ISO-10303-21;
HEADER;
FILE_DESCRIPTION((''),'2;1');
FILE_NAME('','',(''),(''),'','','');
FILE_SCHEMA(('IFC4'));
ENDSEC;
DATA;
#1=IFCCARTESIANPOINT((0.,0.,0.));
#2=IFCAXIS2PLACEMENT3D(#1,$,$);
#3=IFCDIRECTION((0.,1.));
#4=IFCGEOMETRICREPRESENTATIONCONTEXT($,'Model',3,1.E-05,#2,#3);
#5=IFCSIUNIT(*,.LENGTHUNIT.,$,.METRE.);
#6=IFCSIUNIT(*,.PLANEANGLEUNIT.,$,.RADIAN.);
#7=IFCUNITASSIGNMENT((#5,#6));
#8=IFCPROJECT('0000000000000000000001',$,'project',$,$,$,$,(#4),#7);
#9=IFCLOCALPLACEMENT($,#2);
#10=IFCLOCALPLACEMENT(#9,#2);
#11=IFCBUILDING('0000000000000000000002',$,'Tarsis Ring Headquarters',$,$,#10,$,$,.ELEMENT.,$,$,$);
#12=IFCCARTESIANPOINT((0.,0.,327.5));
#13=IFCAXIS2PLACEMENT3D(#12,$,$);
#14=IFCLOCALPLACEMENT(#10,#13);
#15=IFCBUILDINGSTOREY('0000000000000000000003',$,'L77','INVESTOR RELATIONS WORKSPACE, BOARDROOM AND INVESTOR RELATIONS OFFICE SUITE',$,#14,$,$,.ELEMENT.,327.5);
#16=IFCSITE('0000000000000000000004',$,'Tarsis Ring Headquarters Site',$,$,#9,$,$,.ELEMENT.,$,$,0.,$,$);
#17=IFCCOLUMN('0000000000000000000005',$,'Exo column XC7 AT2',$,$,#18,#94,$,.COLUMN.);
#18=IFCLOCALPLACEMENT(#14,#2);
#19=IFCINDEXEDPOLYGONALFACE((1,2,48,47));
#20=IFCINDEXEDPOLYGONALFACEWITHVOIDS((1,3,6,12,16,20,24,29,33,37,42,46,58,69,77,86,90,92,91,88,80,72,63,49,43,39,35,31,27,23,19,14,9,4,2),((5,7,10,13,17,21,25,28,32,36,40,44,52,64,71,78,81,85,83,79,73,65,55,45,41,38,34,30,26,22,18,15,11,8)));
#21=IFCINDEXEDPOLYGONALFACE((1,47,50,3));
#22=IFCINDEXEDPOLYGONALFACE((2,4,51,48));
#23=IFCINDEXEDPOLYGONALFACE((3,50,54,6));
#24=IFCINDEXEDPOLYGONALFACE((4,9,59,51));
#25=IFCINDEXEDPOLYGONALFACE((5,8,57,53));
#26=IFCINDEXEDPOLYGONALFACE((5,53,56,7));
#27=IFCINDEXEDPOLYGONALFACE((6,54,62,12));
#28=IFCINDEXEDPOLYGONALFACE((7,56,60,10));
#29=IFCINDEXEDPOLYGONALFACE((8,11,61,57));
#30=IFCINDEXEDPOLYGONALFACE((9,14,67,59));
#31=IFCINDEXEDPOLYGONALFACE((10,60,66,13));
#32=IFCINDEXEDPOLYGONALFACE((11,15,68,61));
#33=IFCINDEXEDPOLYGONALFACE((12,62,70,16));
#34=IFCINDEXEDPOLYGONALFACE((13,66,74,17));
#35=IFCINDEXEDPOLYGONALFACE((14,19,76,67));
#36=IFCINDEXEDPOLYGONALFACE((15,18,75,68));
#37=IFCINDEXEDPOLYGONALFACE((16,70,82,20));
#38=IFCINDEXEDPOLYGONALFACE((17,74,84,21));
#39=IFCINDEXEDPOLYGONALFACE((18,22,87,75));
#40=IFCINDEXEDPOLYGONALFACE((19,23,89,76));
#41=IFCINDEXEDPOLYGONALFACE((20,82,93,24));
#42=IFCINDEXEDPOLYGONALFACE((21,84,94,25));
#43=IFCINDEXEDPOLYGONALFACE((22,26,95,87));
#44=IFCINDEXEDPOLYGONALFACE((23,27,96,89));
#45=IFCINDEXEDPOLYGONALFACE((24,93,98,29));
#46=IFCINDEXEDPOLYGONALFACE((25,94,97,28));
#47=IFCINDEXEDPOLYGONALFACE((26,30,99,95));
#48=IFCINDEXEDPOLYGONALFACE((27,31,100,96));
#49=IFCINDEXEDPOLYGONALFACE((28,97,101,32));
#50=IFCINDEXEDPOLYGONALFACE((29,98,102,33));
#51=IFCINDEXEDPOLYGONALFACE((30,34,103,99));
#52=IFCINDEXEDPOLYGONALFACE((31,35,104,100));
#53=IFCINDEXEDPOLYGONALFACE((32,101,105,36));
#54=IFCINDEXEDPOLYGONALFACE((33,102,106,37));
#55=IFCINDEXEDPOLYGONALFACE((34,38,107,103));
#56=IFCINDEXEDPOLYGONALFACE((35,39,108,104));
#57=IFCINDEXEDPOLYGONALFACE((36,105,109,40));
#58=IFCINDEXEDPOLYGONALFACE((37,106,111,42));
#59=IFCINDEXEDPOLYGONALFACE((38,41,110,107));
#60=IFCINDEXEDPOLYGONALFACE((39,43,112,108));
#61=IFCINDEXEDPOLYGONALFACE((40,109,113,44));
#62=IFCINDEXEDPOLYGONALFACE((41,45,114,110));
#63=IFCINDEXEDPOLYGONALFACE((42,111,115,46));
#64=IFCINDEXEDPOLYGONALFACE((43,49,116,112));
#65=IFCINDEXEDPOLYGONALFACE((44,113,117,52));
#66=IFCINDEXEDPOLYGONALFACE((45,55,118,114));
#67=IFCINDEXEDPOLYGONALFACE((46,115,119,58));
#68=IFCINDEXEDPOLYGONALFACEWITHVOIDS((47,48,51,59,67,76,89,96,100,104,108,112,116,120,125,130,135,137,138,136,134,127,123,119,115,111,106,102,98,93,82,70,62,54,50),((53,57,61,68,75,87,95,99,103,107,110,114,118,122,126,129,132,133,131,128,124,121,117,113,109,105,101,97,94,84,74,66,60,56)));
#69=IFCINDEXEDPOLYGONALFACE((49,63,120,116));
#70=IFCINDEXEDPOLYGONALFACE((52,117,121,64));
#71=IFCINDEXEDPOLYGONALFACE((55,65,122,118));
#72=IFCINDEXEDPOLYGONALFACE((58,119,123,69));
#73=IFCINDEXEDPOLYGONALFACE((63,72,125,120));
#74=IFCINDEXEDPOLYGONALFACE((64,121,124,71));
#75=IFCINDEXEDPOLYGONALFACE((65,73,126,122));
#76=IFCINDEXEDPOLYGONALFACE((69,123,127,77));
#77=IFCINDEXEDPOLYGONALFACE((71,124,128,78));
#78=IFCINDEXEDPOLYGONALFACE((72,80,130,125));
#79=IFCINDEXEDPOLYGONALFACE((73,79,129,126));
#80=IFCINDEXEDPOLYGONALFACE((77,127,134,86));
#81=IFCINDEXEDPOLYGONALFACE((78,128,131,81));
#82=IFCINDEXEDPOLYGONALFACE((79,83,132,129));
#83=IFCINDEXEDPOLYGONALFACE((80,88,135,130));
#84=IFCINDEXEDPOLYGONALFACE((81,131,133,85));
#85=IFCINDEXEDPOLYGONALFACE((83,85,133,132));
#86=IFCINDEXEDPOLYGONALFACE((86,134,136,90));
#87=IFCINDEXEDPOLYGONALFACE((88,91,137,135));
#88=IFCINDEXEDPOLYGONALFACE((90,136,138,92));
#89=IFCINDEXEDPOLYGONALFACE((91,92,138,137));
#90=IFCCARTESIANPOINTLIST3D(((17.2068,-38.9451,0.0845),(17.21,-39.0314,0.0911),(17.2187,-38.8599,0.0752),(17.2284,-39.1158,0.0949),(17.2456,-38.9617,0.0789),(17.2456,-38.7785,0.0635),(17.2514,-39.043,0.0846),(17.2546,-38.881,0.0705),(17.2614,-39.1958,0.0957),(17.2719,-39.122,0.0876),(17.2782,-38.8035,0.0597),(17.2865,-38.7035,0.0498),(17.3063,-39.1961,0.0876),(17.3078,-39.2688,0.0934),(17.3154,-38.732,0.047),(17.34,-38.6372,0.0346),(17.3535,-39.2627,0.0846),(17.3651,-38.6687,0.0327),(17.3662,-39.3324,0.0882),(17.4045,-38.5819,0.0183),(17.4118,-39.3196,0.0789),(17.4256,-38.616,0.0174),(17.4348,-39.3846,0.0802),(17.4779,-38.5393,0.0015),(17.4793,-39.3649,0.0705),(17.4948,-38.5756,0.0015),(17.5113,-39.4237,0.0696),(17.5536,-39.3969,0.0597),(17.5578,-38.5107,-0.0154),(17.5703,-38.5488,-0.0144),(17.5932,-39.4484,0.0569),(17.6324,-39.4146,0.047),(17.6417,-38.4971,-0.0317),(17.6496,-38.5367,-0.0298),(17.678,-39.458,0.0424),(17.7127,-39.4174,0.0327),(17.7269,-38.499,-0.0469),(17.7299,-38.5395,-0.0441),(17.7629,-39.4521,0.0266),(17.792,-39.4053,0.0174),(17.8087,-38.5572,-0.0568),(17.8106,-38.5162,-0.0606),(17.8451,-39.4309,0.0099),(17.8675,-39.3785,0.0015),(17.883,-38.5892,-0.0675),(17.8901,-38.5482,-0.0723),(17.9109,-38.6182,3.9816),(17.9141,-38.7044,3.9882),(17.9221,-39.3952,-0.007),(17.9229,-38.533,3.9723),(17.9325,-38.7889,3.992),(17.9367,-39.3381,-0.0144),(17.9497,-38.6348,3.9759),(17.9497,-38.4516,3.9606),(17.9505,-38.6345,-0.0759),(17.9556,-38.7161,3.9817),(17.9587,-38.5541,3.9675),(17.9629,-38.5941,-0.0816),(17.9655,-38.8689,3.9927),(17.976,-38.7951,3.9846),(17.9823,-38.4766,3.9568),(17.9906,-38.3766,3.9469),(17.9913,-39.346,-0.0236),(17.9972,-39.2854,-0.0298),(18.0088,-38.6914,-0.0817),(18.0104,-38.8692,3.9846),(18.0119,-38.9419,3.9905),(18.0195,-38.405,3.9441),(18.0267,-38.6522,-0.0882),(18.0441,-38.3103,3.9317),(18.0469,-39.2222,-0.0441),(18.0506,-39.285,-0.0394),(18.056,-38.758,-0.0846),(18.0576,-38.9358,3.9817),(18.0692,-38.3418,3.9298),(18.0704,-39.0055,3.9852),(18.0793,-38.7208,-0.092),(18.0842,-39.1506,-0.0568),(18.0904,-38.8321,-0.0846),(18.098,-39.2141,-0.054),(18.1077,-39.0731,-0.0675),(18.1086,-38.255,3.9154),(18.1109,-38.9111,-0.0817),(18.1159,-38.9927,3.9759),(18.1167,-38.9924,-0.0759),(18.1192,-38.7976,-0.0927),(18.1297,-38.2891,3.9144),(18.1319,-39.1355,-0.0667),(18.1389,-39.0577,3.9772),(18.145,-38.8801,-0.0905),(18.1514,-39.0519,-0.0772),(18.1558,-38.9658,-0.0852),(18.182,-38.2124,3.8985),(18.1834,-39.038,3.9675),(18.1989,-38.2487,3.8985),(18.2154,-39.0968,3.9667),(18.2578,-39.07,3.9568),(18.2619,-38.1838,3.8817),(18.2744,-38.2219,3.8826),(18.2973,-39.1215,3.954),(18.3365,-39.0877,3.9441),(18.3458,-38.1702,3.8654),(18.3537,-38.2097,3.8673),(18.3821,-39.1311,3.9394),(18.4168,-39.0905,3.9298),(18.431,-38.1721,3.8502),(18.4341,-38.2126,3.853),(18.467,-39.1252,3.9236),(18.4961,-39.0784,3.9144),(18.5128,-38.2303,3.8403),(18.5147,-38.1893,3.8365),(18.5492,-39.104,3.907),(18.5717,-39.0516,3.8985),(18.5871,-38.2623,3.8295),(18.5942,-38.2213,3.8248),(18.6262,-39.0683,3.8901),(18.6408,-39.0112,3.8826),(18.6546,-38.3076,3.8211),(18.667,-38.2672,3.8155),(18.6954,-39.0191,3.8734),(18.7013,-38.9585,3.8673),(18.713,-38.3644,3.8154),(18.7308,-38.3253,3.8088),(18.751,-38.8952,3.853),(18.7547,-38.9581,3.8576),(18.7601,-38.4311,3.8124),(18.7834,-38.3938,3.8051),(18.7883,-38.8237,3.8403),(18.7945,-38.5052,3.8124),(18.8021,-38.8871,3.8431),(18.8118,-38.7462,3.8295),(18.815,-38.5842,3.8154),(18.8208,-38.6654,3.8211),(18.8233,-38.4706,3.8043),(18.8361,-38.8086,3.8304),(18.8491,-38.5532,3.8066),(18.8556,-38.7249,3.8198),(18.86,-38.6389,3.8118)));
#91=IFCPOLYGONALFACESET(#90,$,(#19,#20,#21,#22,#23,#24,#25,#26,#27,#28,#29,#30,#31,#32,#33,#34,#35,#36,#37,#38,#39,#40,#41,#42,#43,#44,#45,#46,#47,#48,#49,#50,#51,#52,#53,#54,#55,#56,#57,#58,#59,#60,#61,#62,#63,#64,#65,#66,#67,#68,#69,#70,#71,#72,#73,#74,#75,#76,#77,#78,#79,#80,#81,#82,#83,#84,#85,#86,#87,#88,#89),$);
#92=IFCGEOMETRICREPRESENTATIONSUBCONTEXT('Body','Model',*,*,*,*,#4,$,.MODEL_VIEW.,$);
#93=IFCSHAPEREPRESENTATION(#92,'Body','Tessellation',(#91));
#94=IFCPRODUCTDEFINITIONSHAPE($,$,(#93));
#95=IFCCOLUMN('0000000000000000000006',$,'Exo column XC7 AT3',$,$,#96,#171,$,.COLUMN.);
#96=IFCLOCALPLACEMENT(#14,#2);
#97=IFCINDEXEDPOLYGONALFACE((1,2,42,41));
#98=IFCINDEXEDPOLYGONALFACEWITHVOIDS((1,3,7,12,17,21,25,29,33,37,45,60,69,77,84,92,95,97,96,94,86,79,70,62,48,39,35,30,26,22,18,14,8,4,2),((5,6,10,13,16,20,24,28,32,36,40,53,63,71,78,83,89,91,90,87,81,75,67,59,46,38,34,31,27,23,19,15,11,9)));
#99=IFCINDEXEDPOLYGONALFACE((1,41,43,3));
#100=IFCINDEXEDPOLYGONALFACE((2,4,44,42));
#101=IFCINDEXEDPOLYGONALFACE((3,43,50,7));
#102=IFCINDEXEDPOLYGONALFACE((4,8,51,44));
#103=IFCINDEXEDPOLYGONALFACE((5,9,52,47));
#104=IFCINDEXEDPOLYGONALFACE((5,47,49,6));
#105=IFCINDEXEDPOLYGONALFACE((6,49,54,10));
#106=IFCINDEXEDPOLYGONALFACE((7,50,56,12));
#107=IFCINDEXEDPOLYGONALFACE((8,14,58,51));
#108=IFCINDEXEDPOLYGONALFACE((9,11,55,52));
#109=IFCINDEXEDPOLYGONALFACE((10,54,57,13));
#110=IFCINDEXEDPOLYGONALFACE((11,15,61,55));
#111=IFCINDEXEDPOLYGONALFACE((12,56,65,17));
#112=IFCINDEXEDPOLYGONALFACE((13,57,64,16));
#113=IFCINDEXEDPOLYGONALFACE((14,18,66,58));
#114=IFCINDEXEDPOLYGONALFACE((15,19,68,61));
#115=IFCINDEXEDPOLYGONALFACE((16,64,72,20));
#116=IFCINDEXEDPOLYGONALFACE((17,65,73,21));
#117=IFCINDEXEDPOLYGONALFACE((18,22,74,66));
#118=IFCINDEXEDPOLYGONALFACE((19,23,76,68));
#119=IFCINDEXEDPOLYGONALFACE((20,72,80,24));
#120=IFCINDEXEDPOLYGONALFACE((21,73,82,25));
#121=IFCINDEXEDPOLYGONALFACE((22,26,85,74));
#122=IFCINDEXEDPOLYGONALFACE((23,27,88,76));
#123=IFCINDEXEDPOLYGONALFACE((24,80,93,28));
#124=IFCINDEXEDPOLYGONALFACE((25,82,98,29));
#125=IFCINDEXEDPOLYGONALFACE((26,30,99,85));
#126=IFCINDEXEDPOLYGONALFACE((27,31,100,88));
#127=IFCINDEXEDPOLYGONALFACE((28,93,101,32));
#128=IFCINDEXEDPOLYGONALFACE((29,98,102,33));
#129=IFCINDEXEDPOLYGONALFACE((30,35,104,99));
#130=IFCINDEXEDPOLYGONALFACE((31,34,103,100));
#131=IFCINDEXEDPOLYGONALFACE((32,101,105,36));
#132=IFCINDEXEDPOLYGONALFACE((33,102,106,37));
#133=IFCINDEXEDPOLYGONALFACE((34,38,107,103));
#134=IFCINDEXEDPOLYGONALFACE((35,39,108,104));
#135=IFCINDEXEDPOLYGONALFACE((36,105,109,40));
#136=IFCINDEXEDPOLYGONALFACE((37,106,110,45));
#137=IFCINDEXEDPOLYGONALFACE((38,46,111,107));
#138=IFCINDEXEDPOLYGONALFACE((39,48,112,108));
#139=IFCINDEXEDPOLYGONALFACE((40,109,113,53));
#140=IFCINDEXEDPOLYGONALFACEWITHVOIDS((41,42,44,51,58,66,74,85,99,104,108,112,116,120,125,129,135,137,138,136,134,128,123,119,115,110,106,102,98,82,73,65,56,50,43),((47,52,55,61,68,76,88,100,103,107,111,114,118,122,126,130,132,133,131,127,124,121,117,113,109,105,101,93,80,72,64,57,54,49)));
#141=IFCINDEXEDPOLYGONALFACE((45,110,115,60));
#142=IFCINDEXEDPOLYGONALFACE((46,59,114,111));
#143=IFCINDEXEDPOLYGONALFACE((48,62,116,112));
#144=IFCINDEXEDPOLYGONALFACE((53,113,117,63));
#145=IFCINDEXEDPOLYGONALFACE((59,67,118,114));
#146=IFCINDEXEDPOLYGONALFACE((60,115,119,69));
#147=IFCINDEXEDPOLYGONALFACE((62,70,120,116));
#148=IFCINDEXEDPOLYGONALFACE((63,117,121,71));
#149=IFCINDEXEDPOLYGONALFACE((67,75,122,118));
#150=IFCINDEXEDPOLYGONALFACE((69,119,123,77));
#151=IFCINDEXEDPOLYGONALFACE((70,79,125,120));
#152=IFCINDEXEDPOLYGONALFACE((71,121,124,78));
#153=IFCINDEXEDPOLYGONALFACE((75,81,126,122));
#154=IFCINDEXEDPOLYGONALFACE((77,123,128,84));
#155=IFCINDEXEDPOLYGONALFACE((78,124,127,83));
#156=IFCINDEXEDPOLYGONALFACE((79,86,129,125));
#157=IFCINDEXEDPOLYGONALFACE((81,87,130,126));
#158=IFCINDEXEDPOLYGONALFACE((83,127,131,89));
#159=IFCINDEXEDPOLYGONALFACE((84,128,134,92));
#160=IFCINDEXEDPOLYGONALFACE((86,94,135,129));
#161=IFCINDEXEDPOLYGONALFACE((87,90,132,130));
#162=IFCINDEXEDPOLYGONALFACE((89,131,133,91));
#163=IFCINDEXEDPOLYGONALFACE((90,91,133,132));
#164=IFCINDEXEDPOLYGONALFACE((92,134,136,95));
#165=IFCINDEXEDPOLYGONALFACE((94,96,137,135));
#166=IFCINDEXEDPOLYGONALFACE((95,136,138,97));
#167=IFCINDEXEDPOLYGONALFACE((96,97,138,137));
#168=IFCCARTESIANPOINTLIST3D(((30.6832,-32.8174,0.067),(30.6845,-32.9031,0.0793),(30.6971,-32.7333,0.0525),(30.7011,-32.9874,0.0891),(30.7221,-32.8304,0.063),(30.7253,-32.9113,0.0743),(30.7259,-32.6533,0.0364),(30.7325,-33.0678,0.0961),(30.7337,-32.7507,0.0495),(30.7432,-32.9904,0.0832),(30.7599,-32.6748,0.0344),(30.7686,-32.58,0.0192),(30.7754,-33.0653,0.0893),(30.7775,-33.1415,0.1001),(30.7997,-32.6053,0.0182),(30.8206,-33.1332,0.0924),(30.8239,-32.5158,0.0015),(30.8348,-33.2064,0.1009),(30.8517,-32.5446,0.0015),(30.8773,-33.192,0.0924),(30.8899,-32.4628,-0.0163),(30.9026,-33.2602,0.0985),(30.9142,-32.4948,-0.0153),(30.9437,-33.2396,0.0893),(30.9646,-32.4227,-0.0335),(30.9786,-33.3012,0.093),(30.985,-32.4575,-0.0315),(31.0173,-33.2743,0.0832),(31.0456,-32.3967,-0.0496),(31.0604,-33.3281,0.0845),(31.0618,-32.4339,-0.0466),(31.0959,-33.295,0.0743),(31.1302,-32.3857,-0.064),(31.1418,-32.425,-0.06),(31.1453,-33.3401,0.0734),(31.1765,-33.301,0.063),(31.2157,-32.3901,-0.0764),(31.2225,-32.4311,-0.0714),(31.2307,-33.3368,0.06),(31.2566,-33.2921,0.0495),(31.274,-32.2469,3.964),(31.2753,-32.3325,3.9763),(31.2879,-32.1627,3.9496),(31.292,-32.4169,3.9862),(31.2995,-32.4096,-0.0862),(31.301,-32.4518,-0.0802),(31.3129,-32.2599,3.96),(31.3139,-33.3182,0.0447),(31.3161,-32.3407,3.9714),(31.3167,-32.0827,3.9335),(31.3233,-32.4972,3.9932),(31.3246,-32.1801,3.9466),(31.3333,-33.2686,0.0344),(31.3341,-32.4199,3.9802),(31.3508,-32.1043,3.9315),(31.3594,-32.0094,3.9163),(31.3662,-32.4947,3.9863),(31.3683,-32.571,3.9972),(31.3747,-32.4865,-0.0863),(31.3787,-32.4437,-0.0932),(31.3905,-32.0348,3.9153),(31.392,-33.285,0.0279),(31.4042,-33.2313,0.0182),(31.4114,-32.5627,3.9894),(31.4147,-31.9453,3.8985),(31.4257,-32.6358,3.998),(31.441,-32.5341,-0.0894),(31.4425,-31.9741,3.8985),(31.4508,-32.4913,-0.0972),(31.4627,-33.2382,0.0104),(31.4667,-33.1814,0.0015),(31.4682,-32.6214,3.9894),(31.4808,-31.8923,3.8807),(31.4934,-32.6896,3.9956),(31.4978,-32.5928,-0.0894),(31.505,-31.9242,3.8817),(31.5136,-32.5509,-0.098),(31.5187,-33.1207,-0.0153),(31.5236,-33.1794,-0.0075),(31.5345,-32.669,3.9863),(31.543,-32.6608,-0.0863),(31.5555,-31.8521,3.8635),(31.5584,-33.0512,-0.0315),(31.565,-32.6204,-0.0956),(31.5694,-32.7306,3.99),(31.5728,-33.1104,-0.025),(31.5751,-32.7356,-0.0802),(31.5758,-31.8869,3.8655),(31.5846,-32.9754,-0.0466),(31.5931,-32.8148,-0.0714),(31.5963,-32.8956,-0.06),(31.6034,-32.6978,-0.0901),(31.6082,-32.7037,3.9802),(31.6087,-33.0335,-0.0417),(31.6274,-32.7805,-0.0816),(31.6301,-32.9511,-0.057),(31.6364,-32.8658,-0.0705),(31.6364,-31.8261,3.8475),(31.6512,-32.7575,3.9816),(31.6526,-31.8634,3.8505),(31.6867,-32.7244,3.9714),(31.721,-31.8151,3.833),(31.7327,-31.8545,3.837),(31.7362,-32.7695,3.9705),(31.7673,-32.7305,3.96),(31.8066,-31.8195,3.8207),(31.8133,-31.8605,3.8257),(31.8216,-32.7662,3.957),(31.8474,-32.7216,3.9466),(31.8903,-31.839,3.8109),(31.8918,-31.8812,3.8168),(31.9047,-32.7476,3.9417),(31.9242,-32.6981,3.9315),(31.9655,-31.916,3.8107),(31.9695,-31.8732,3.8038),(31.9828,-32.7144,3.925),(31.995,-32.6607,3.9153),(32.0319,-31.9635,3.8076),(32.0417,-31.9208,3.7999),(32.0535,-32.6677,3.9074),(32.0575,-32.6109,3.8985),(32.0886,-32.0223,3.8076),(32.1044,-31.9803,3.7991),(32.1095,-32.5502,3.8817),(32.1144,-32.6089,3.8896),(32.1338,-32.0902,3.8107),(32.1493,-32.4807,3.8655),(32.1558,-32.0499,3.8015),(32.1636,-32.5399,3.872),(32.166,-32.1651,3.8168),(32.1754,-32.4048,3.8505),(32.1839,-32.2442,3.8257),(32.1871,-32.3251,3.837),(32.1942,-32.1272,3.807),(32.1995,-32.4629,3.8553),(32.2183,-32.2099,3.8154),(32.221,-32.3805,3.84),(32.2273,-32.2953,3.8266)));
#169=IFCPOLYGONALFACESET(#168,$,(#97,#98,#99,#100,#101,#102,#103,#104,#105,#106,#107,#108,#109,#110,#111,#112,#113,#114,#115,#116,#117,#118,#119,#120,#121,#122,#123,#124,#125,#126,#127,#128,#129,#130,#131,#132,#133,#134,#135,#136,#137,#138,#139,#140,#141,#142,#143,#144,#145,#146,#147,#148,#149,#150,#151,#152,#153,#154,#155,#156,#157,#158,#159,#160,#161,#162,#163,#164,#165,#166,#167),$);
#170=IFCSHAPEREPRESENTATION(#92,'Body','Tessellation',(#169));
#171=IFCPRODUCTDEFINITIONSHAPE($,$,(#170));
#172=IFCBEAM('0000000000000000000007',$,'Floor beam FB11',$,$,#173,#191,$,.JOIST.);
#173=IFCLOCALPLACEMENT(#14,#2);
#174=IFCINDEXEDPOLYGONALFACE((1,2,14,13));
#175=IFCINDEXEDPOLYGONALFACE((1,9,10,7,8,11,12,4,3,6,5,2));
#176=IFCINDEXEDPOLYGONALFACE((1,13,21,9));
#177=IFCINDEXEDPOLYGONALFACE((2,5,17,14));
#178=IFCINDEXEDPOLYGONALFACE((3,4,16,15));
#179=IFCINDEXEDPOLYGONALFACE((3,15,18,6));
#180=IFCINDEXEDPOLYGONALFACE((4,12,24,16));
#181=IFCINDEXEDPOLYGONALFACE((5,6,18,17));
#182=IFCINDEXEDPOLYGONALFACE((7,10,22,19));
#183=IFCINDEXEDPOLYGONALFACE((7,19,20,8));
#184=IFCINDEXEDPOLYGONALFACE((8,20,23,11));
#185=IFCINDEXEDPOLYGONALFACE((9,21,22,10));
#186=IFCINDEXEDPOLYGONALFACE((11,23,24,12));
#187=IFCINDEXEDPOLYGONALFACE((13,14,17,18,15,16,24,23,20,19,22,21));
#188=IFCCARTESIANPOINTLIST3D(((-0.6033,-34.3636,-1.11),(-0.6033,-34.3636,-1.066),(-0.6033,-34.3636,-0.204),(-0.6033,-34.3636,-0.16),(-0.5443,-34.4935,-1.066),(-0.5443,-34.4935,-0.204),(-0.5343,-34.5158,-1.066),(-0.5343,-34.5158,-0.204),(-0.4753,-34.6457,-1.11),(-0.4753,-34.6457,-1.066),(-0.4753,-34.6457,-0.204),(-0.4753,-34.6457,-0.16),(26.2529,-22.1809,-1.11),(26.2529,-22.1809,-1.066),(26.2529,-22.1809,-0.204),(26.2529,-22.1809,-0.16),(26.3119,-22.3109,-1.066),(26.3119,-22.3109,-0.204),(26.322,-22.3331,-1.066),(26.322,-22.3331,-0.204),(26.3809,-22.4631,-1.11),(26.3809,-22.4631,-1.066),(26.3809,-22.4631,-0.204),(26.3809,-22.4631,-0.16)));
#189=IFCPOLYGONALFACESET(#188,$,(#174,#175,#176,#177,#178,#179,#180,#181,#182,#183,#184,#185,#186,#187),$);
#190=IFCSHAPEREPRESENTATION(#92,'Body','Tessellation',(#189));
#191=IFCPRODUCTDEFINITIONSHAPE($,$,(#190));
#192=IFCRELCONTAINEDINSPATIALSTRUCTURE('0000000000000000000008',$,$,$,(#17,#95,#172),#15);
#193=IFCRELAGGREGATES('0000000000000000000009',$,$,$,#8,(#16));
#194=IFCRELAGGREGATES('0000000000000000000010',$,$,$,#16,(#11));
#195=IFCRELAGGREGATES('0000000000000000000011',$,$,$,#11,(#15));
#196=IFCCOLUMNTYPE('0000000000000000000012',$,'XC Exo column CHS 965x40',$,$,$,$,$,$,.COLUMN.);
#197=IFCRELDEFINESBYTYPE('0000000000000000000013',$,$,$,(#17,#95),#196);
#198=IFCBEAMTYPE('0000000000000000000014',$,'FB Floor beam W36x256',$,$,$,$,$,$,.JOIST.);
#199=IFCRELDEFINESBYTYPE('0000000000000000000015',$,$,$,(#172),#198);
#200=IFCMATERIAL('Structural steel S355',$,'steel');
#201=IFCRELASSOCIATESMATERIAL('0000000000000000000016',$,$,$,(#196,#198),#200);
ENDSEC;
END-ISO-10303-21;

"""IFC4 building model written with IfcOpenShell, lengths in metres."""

from ifc_helpers import new_model, si_unit, direction, frame, origin, origin_2d, place, context, subcontext, project, spatial, hollow_circle, i_section, extrude, material, material_profile, profile_set, type_object, element, save


model = new_model("IFC4")

# Units and contexts
model_context = context("Model", 3, precision=1e-05, world=origin(), true_north=direction((0.0, 1.0)))
body_context = subcontext(model_context, "Body", "Model", "MODEL_VIEW")
ifc_project = project(units=[si_unit("LENGTHUNIT", "METRE"), si_unit("PLANEANGLEUNIT", "RADIAN")], contexts=[model_context])

# Site, building, storey
site_placement = place(None, origin())
site = spatial("IfcSite", under=ifc_project, at=site_placement, Name="Tarsis Ring Headquarters Site", CompositionType="ELEMENT", RefElevation=0.0)
building_placement = place(site_placement, origin())
building = spatial("IfcBuilding", under=site, at=building_placement, Name="Tarsis Ring Headquarters", CompositionType="ELEMENT")
storey_placement = place(building_placement, frame((0.0, 0.0, 327.5)))
storey = spatial("IfcBuildingStorey", under=building, at=storey_placement, Name="L77", Description="INVESTOR RELATIONS WORKSPACE, BOARDROOM AND INVESTOR RELATIONS OFFICE SUITE", CompositionType="ELEMENT", Elevation=327.5)

# Columns
ifc_material_1 = material(Name="Structural steel S355", Category="steel")
ifc_material_profile_1 = material_profile(ifc_material_1, hollow_circle(Radius=0.4827, WallThickness=0.04, at=origin_2d()), Name="CHS 965x40")
ifc_profile_set_1 = profile_set([ifc_material_profile_1], Name="Structural steel S355")
column_type = type_object("IfcColumnType", Name="XC Exo column CHS 965x40", PredefinedType="COLUMN", material=ifc_profile_set_1)
column_1_placement = place(storey_placement, frame((17.6812, -38.9771, 0.0015), z_axis=(0.177198, 0.08227, 0.980731), x_axis=(-0.421111, 0.907009, 0.0)))
element("IfcColumn", 1, at=column_1_placement, inside=storey, type_object=column_type, Name="Exo column XC7 AT2", PredefinedType="COLUMN", context=body_context, shape_type="SweptSolid", body=[
    extrude(hollow_circle(Radius=0.4827, WallThickness=0.04, at=origin_2d()), origin(), (0.0, 0.0, 1.0), 3.9736),
])
column_2_placement = place(storey_placement, frame((31.1592, -32.863, 0.0015), z_axis=(0.148351, 0.143263, 0.978503), x_axis=(-0.694663, 0.719335, 0.0)))
element("IfcColumn", 2, at=column_2_placement, inside=storey, type_object=column_type, Name="Exo column XC7 AT3", PredefinedType="COLUMN", context=body_context, shape_type="SweptSolid", body=[
    extrude(hollow_circle(Radius=0.4827, WallThickness=0.04, at=origin_2d()), origin(), (0.0, 0.0, 1.0), 3.9827),
])

# Beam
ifc_material_profile_2 = material_profile(ifc_material_1, i_section(OverallWidth=0.3098, OverallDepth=0.95, WebThickness=0.0244, FlangeThickness=0.0439, at=origin_2d()), Name="W36x256")
ifc_profile_set_2 = profile_set([ifc_material_profile_2], Name="Structural steel S355")
beam_type_1 = type_object("IfcBeamType", Name="FB Floor beam W36x256", PredefinedType="JOIST", material=ifc_profile_set_2)
beam_1_placement = place(storey_placement, frame((-0.5393, -34.5046, -0.635), z_axis=(0.910682, 0.413107, 0.0), x_axis=(-0.413107, 0.910682, 0.0)))
element("IfcBeam", 3, at=beam_1_placement, inside=storey, type_object=beam_type_1, Name="Floor beam FB11", PredefinedType="JOIST", context=body_context, shape_type="SweptSolid", body=[
    extrude(i_section(OverallWidth=0.3098, OverallDepth=0.95, WebThickness=0.0244, FlangeThickness=0.0439, at=origin_2d()), origin(), (0.0, 0.0, 1.0), 29.4902),
])

save(model, "model.ifc")
